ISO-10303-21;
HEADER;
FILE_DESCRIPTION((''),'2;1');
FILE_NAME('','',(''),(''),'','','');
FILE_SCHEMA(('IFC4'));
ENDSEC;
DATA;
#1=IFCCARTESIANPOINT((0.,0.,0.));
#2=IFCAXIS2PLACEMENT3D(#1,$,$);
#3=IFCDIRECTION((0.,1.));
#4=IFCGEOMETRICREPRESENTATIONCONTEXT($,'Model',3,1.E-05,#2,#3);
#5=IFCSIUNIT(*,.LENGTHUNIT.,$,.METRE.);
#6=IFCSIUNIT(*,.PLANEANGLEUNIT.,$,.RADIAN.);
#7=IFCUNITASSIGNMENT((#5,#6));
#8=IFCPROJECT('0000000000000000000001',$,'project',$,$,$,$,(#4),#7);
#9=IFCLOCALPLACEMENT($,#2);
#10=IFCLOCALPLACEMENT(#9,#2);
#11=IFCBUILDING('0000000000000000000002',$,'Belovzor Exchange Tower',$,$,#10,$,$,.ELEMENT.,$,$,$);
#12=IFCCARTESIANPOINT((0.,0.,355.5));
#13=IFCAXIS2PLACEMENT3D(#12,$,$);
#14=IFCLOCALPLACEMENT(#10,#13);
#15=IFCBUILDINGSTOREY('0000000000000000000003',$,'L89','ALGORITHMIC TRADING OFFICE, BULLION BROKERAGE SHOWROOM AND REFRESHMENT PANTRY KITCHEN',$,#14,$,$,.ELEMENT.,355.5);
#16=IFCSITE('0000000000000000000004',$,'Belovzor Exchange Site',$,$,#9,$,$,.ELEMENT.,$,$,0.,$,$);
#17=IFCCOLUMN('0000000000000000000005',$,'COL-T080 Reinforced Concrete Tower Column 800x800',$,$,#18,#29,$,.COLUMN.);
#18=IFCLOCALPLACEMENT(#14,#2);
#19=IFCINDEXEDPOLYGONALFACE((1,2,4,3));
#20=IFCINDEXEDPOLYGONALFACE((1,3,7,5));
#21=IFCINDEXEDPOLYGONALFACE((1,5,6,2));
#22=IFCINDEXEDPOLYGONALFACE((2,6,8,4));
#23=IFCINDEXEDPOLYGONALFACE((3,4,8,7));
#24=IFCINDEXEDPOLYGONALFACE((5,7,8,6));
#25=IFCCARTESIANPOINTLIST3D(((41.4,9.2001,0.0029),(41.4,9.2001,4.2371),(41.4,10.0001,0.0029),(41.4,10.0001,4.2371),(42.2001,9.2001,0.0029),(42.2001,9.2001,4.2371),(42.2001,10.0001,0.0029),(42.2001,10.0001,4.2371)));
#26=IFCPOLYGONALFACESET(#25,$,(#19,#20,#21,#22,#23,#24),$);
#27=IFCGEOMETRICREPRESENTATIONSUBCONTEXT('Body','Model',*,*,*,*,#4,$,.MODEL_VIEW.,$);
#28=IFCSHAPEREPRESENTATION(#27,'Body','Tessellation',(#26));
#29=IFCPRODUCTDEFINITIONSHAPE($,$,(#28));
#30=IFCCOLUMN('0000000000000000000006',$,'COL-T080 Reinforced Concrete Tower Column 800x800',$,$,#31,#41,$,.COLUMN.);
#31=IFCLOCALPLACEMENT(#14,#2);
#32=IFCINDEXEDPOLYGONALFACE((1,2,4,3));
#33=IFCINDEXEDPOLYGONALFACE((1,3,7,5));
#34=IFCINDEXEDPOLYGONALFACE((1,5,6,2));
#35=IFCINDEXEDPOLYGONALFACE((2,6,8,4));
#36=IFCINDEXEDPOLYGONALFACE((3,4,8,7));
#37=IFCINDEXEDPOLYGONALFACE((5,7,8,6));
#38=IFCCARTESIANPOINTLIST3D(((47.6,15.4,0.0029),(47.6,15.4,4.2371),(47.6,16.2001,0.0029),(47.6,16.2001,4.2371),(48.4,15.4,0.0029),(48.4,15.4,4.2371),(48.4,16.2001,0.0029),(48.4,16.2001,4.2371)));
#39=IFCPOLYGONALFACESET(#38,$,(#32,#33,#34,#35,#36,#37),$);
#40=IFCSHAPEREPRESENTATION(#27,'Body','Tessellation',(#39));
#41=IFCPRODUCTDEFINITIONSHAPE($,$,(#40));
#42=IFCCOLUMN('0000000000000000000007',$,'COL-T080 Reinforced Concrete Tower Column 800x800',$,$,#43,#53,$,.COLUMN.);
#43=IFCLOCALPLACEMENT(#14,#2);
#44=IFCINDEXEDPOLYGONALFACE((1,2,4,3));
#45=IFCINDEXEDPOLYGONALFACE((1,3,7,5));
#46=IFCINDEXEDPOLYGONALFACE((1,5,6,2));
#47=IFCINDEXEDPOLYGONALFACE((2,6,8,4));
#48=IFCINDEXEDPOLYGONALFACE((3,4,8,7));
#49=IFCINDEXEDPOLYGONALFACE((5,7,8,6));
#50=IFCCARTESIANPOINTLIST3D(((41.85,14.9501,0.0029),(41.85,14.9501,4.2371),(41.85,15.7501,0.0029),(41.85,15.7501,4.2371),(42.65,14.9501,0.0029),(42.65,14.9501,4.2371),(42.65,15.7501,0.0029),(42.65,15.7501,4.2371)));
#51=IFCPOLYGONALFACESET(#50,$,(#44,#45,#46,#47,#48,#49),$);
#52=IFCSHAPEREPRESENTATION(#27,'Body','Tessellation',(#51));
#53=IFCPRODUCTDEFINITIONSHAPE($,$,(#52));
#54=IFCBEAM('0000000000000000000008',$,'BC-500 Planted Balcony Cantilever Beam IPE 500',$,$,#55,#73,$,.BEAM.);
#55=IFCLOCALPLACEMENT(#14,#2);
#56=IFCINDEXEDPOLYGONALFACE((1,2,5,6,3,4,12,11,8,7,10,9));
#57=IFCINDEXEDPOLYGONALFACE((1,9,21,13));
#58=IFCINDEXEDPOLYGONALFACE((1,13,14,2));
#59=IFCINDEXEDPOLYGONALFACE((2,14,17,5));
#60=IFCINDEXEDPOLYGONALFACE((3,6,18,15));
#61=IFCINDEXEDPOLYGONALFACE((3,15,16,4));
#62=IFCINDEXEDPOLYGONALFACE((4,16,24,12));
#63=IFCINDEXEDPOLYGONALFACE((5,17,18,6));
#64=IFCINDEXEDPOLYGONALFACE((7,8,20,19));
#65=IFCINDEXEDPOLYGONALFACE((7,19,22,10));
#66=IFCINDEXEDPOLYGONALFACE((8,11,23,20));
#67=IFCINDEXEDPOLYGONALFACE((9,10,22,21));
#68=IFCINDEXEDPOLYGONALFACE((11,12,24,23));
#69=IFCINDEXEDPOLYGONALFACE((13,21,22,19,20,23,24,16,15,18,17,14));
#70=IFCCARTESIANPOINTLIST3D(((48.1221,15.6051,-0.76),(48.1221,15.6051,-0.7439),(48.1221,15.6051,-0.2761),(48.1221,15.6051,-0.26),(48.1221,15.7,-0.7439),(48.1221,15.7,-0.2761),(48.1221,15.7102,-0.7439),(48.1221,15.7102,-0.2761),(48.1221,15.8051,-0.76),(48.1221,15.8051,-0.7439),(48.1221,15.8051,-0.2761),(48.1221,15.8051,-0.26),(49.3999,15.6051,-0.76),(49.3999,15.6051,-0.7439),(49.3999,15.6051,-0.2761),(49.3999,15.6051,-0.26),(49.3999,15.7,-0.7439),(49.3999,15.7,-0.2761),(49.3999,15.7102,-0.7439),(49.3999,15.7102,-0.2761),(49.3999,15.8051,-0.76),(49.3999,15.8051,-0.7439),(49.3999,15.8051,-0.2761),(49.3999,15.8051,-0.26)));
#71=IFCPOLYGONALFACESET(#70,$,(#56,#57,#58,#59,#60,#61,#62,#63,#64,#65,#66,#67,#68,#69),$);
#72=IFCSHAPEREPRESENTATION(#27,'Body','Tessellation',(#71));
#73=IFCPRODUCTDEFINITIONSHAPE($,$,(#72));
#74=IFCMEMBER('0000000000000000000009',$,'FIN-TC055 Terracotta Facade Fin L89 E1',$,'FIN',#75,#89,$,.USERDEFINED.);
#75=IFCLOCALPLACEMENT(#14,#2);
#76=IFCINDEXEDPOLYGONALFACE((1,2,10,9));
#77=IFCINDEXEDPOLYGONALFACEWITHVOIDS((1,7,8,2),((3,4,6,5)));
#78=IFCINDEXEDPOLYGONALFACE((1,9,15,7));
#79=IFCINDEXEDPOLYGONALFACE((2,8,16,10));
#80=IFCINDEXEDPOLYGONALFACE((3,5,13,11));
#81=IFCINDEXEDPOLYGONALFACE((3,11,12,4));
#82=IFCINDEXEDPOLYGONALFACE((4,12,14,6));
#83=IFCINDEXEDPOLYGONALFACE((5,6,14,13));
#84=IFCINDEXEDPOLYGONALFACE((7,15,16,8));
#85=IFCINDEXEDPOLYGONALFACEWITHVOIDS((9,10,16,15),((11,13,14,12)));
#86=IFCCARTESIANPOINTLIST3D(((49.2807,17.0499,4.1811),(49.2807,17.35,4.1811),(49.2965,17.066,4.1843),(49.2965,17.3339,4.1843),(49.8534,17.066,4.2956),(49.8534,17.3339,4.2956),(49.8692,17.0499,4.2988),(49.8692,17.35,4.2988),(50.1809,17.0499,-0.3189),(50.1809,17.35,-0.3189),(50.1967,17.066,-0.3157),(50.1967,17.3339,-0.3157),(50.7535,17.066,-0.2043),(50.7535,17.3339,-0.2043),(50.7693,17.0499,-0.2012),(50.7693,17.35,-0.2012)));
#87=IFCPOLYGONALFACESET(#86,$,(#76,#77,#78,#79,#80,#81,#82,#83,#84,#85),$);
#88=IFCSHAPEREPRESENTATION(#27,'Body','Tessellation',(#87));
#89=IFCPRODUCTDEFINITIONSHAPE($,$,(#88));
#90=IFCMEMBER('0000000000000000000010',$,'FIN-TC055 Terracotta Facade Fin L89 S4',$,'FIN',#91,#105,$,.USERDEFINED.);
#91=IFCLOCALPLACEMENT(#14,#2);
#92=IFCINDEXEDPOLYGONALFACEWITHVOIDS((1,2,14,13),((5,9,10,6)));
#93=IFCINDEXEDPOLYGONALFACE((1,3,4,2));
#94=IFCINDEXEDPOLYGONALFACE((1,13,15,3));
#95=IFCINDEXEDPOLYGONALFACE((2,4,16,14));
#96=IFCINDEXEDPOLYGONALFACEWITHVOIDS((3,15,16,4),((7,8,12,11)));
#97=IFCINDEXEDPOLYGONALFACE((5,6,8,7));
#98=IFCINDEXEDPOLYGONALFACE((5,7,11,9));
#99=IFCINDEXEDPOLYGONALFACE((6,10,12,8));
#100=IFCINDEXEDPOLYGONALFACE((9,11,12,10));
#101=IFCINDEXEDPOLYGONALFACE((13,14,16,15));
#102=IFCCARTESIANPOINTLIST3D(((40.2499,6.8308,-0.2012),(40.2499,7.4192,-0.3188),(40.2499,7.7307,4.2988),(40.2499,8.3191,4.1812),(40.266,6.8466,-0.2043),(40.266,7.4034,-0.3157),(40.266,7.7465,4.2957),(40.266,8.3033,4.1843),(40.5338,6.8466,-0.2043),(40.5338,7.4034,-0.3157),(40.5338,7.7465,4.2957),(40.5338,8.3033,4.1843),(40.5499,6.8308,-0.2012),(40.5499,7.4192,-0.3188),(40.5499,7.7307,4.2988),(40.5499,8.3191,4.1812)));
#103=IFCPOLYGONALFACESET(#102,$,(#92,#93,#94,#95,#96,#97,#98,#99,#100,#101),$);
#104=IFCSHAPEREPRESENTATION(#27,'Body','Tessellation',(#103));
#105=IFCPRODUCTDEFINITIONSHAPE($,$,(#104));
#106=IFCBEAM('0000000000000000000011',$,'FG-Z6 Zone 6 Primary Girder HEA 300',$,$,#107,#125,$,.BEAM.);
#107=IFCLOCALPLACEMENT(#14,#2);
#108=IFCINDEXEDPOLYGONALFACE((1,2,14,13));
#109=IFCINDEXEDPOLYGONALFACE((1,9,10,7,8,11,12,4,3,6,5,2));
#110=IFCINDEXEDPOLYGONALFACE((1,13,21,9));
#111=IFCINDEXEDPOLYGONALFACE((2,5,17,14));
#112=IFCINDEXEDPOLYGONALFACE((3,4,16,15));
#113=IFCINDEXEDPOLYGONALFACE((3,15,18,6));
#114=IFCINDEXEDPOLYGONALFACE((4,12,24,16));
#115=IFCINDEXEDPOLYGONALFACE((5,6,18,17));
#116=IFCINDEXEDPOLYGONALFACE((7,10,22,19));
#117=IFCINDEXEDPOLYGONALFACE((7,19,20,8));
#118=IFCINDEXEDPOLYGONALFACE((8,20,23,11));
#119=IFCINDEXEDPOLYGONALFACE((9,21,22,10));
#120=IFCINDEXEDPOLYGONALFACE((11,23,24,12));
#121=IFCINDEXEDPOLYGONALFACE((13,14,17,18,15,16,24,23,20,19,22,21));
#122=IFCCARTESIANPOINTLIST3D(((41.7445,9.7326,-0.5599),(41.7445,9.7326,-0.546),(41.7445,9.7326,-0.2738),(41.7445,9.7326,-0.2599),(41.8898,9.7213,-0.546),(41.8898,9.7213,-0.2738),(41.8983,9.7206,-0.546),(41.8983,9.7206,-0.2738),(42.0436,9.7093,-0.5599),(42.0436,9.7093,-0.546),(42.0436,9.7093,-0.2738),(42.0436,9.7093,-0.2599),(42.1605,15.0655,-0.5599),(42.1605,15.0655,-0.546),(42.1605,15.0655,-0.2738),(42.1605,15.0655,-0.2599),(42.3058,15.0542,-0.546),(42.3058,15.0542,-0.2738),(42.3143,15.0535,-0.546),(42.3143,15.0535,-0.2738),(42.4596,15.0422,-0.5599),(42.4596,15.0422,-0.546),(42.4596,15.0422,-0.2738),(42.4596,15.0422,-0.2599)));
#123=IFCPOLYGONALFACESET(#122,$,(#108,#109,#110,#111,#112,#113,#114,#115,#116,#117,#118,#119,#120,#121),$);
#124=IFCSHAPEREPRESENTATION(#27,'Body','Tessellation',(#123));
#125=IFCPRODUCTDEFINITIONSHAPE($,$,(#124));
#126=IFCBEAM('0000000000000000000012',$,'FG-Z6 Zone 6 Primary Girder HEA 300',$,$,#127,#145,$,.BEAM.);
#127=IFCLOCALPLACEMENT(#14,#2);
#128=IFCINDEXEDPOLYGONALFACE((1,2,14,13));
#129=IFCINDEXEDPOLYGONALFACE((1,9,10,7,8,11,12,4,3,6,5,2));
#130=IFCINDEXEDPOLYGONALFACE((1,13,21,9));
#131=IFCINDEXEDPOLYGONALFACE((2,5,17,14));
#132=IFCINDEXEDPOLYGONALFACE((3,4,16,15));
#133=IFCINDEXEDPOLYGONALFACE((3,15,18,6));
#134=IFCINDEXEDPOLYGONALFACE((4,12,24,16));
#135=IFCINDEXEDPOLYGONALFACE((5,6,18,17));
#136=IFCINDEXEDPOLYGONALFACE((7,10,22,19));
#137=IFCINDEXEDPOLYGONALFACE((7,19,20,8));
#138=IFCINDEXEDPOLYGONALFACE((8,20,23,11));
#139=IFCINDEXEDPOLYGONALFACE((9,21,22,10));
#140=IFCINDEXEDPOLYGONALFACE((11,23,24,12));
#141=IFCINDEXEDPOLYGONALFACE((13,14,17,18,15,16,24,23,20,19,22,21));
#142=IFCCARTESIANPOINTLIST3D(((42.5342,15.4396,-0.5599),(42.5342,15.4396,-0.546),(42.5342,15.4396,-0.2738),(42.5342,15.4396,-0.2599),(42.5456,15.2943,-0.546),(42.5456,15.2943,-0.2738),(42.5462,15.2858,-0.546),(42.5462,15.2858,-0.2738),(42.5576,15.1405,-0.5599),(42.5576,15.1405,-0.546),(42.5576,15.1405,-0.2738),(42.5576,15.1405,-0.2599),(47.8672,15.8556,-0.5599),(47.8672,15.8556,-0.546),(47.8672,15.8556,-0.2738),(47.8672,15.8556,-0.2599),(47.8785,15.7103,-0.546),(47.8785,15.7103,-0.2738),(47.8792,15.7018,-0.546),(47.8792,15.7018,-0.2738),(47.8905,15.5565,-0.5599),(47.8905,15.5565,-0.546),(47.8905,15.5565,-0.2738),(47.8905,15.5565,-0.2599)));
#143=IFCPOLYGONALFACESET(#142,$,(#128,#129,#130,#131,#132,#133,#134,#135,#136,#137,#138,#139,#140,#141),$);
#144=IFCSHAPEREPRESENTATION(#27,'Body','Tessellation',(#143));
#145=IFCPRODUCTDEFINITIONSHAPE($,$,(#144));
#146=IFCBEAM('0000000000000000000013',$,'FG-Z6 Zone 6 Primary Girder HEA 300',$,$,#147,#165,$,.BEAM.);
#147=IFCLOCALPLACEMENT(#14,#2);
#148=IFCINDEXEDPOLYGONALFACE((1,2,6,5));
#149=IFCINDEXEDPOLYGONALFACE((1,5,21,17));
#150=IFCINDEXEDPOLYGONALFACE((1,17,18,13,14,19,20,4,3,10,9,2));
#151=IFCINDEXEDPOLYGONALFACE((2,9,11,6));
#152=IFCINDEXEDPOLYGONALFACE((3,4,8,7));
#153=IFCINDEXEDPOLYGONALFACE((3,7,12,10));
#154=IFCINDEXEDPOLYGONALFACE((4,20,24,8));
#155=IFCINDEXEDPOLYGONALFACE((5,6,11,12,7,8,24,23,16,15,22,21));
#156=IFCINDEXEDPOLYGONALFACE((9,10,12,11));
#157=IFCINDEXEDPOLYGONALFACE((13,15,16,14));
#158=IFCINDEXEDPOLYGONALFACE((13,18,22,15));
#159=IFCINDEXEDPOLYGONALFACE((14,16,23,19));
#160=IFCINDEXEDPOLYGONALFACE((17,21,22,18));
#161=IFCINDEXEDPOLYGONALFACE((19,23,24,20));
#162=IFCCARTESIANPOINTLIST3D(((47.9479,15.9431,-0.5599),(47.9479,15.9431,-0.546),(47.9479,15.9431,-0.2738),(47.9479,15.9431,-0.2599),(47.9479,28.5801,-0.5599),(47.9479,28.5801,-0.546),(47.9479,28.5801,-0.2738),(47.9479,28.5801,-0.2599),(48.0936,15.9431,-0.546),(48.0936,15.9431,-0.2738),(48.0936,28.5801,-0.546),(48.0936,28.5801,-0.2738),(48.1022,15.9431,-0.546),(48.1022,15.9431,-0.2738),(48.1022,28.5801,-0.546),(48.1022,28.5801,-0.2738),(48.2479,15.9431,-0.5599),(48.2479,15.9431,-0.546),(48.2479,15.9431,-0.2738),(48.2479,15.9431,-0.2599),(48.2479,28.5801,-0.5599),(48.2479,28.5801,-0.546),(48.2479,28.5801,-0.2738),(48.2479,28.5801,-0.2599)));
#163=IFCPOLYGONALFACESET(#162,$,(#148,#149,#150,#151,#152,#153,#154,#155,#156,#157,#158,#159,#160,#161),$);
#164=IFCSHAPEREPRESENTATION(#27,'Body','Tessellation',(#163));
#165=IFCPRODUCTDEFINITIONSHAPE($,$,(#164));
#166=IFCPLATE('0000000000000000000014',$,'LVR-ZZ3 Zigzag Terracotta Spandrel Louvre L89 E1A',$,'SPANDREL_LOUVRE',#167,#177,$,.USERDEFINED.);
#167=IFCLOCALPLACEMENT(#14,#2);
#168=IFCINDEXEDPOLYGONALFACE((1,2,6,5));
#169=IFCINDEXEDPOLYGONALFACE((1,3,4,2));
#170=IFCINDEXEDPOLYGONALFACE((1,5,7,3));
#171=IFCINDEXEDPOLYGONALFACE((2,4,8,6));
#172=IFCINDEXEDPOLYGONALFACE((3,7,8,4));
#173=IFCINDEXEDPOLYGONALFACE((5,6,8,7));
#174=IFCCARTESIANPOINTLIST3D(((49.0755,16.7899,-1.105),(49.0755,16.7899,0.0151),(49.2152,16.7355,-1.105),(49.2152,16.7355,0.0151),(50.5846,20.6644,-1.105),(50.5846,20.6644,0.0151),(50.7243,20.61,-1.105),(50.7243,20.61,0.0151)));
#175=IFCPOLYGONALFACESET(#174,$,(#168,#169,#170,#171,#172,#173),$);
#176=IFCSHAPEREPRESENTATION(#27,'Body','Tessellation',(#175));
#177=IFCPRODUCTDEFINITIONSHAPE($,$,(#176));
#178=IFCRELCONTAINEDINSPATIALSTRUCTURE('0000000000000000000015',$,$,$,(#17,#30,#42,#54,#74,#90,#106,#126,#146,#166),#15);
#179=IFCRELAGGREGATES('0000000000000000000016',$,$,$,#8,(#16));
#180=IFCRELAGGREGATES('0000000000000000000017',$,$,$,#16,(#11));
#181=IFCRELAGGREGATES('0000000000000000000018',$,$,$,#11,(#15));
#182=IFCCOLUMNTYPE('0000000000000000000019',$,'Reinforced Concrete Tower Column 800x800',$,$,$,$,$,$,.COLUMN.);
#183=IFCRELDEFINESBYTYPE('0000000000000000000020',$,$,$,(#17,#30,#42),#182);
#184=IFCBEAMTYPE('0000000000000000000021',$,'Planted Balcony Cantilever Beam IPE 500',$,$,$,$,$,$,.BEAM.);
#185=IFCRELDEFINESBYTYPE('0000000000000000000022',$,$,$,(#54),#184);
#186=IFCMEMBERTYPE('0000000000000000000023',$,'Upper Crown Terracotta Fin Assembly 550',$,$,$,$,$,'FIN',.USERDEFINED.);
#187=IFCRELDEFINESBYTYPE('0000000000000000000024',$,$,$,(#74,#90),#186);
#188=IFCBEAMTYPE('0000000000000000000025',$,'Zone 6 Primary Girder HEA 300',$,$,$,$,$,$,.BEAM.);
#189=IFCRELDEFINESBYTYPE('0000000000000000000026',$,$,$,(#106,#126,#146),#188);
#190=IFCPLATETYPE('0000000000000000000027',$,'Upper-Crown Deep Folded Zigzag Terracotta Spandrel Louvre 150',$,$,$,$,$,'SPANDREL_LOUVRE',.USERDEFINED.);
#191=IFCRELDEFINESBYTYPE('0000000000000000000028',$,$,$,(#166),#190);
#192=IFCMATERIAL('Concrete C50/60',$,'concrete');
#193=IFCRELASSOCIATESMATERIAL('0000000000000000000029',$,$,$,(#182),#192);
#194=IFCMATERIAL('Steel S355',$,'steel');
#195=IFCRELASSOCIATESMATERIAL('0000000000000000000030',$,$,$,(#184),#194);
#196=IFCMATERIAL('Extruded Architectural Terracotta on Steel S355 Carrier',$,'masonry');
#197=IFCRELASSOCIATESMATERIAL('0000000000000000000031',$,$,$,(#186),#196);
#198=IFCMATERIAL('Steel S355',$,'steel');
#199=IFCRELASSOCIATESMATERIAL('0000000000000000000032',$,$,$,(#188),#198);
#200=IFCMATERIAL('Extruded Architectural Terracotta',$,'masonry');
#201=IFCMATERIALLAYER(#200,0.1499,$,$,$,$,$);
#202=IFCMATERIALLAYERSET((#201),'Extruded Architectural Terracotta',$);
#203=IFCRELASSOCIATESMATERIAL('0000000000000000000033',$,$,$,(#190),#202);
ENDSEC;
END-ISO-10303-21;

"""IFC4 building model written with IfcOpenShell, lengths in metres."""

from ifc_helpers import new_model, si_unit, direction, frame, origin, origin_2d, place, context, subcontext, project, spatial, rectangle, hollow_rectangle, i_section, extrude, material, layer, layer_set, material_profile, profile_set, type_object, element, save


model = new_model("IFC4")

# Units and contexts
model_context = context("Model", 3, precision=1e-05, world=origin(), true_north=direction((0.0, 1.0)))
body_context = subcontext(model_context, "Body", "Model", "MODEL_VIEW")
ifc_project = project(units=[si_unit("LENGTHUNIT", "METRE"), si_unit("PLANEANGLEUNIT", "RADIAN")], contexts=[model_context])

# Site, building, storey
site_placement = place(None, origin())
site = spatial("IfcSite", under=ifc_project, at=site_placement, Name="Belovzor Exchange Site", CompositionType="ELEMENT", RefElevation=0.0)
building_placement = place(site_placement, origin())
building = spatial("IfcBuilding", under=site, at=building_placement, Name="Belovzor Exchange Tower", CompositionType="ELEMENT")
storey_placement = place(building_placement, frame((0.0, 0.0, 355.5)))
storey = spatial("IfcBuildingStorey", under=building, at=storey_placement, Name="L89", Description="ALGORITHMIC TRADING OFFICE, BULLION BROKERAGE SHOWROOM AND REFRESHMENT PANTRY KITCHEN", CompositionType="ELEMENT", Elevation=355.5)

# Columns
ifc_material_1 = material(Name="Concrete C50/60", Category="concrete")
ifc_material_profile_1 = material_profile(ifc_material_1, rectangle(XDim=0.8, YDim=0.8, at=origin_2d()))
ifc_profile_set_1 = profile_set([ifc_material_profile_1], Name="Concrete C50/60")
column_type = type_object("IfcColumnType", Name="Reinforced Concrete Tower Column 800x800", PredefinedType="COLUMN", material=ifc_profile_set_1)
for number, where, z_axis, x_axis, name in (
    (1, (41.8, 9.6001, 0.0029), (0.0, 0.0, 1.0), (1.0, 0.0, 0.0), "COL-T080 Reinforced Concrete Tower Column 800x800"),
    (2, (48.0, 15.8, 0.0029), (0.0, 0.0, 1.0), (1.0, 0.0, 0.0), "COL-T080 Reinforced Concrete Tower Column 800x800"),
    (3, (42.25, 15.3501, 0.0029), (0.0, 0.0, 1.0), (1.0, 0.0, 0.0), "COL-T080 Reinforced Concrete Tower Column 800x800"),
):
    element("IfcColumn", number, at=place(storey_placement, frame(where, z_axis=z_axis, x_axis=x_axis)), inside=storey, type_object=column_type, Name=name, PredefinedType="COLUMN", context=body_context, shape_type="SweptSolid", body=[
        extrude(rectangle(XDim=0.8, YDim=0.8, at=origin_2d()), origin(), (0.0, 0.0, 1.0), 4.2341),
    ])

# Beam
ifc_material_2 = material(Name="Steel S355", Category="steel")
ifc_material_profile_2 = material_profile(ifc_material_2, i_section(OverallWidth=0.2, OverallDepth=0.5, WebThickness=0.0103, FlangeThickness=0.0161, at=origin_2d()))
ifc_profile_set_2 = profile_set([ifc_material_profile_2], Name="Steel S355")
beam_type_1 = type_object("IfcBeamType", Name="Planted Balcony Cantilever Beam IPE 500", PredefinedType="BEAM", material=ifc_profile_set_2)
beam_1_placement = place(storey_placement, frame((48.1221, 15.7051, -0.51), z_axis=(1.0, 0.0, 0.0), x_axis=(0.0, 1.0, 0.0)))
element("IfcBeam", 4, at=beam_1_placement, inside=storey, type_object=beam_type_1, Name="BC-500 Planted Balcony Cantilever Beam IPE 500", PredefinedType="BEAM", context=body_context, shape_type="SweptSolid", body=[
    extrude(i_section(OverallWidth=0.2, OverallDepth=0.5, WebThickness=0.0103, FlangeThickness=0.0161, at=origin_2d()), origin(), (0.0, 0.0, 1.0), 1.2778),
])

# Members
ifc_material_3 = material(Name="Extruded Architectural Terracotta on Steel S355 Carrier", Category="masonry")
ifc_material_profile_3 = material_profile(ifc_material_3, hollow_rectangle(XDim=0.3, YDim=0.6001, WallThickness=0.0161, at=origin_2d()))
ifc_profile_set_3 = profile_set([ifc_material_profile_3], Name="Extruded Architectural Terracotta on Steel S355 Carrier")
member_type = type_object("IfcMemberType", Name="Upper Crown Terracotta Fin Assembly 550", ElementType="FIN", PredefinedType="USERDEFINED", material=ifc_profile_set_3)
for number, where, z_axis, x_axis, name in (
    (5, (50.4751, 17.2, -0.26), (-0.196147, 0.0, 0.980575), (0.0, -1.0, 0.0), "FIN-TC055 Terracotta Facade Fin L89 E1"),
    (6, (40.3999, 7.125, -0.26), (0.0, 0.196096, 0.980585), (-1.0, 0.0, 0.0), "FIN-TC055 Terracotta Facade Fin L89 S4"),
):
    element("IfcMember", number, at=place(storey_placement, frame(where, z_axis=z_axis, x_axis=x_axis)), inside=storey, type_object=member_type, Name=name, ObjectType="FIN", PredefinedType="USERDEFINED", context=body_context, shape_type="SweptSolid", body=[
        extrude(hollow_rectangle(XDim=0.3, YDim=0.6001, WallThickness=0.0161, at=origin_2d()), origin(), (0.0, 0.0, 1.0), 4.5891),
    ])

# Beams
ifc_material_4 = material(Name="Steel S355", Category="steel")
ifc_material_profile_4 = material_profile(ifc_material_4, i_section(OverallWidth=0.3, OverallDepth=0.3, WebThickness=0.0085, FlangeThickness=0.0139, at=origin_2d()))
ifc_profile_set_4 = profile_set([ifc_material_profile_4], Name="Steel S355")
beam_type_2 = type_object("IfcBeamType", Name="Zone 6 Primary Girder HEA 300", PredefinedType="BEAM", material=ifc_profile_set_4)
for number, where, z_axis, x_axis, name in (
    (7, (41.894, 9.7209, -0.4099), (0.077771, 0.996971, 0.0), (-0.996971, 0.077771, 0.0), "FG-Z6 Zone 6 Primary Girder HEA 300"),
    (8, (42.5459, 15.29, -0.4099), (0.996971, 0.077771, 0.0), (-0.077771, 0.996971, 0.0), "FG-Z6 Zone 6 Primary Girder HEA 300"),
):
    element("IfcBeam", number, at=place(storey_placement, frame(where, z_axis=z_axis, x_axis=x_axis)), inside=storey, type_object=beam_type_2, Name=name, PredefinedType="BEAM", context=body_context, shape_type="SweptSolid", body=[
        extrude(i_section(OverallWidth=0.3, OverallDepth=0.3, WebThickness=0.0085, FlangeThickness=0.0139, at=origin_2d()), origin(), (0.0, 0.0, 1.0), 5.3491),
    ])
beam_2_placement = place(storey_placement, frame((48.0979, 15.9431, -0.4099), z_axis=(0.0, 1.0, 0.0), x_axis=(-1.0, 0.0, 0.0)))
element("IfcBeam", 9, at=beam_2_placement, inside=storey, type_object=beam_type_2, Name="FG-Z6 Zone 6 Primary Girder HEA 300", PredefinedType="BEAM", context=body_context, shape_type="SweptSolid", body=[
    extrude(i_section(OverallWidth=0.3, OverallDepth=0.3, WebThickness=0.0085, FlangeThickness=0.0139, at=origin_2d()), origin(), (0.0, 0.0, 1.0), 12.637),
])

# Plate
ifc_material_5 = material(Name="Extruded Architectural Terracotta", Category="masonry")
ifc_layer_1 = layer(ifc_material_5, 0.1499)
ifc_layer_set_1 = layer_set([ifc_layer_1], Name="Extruded Architectural Terracotta")
plate_type = type_object("IfcPlateType", Name="Upper-Crown Deep Folded Zigzag Terracotta Spandrel Louvre 150", ElementType="SPANDREL_LOUVRE", PredefinedType="USERDEFINED", material=ifc_layer_set_1)
plate_placement = place(storey_placement, frame((49.8999, 18.7, -1.105), z_axis=(0.0, 0.0, 1.0), x_axis=(0.362926, 0.931818, 0.0)))
element("IfcPlate", 10, at=plate_placement, inside=storey, type_object=plate_type, Name="LVR-ZZ3 Zigzag Terracotta Spandrel Louvre L89 E1A", ObjectType="SPANDREL_LOUVRE", PredefinedType="USERDEFINED", context=body_context, shape_type="SweptSolid", body=[
    extrude(rectangle(XDim=4.158, YDim=0.1499, at=origin_2d()), origin(), (0.0, 0.0, 1.0), 1.1201),
])

save(model, "model.ifc")
